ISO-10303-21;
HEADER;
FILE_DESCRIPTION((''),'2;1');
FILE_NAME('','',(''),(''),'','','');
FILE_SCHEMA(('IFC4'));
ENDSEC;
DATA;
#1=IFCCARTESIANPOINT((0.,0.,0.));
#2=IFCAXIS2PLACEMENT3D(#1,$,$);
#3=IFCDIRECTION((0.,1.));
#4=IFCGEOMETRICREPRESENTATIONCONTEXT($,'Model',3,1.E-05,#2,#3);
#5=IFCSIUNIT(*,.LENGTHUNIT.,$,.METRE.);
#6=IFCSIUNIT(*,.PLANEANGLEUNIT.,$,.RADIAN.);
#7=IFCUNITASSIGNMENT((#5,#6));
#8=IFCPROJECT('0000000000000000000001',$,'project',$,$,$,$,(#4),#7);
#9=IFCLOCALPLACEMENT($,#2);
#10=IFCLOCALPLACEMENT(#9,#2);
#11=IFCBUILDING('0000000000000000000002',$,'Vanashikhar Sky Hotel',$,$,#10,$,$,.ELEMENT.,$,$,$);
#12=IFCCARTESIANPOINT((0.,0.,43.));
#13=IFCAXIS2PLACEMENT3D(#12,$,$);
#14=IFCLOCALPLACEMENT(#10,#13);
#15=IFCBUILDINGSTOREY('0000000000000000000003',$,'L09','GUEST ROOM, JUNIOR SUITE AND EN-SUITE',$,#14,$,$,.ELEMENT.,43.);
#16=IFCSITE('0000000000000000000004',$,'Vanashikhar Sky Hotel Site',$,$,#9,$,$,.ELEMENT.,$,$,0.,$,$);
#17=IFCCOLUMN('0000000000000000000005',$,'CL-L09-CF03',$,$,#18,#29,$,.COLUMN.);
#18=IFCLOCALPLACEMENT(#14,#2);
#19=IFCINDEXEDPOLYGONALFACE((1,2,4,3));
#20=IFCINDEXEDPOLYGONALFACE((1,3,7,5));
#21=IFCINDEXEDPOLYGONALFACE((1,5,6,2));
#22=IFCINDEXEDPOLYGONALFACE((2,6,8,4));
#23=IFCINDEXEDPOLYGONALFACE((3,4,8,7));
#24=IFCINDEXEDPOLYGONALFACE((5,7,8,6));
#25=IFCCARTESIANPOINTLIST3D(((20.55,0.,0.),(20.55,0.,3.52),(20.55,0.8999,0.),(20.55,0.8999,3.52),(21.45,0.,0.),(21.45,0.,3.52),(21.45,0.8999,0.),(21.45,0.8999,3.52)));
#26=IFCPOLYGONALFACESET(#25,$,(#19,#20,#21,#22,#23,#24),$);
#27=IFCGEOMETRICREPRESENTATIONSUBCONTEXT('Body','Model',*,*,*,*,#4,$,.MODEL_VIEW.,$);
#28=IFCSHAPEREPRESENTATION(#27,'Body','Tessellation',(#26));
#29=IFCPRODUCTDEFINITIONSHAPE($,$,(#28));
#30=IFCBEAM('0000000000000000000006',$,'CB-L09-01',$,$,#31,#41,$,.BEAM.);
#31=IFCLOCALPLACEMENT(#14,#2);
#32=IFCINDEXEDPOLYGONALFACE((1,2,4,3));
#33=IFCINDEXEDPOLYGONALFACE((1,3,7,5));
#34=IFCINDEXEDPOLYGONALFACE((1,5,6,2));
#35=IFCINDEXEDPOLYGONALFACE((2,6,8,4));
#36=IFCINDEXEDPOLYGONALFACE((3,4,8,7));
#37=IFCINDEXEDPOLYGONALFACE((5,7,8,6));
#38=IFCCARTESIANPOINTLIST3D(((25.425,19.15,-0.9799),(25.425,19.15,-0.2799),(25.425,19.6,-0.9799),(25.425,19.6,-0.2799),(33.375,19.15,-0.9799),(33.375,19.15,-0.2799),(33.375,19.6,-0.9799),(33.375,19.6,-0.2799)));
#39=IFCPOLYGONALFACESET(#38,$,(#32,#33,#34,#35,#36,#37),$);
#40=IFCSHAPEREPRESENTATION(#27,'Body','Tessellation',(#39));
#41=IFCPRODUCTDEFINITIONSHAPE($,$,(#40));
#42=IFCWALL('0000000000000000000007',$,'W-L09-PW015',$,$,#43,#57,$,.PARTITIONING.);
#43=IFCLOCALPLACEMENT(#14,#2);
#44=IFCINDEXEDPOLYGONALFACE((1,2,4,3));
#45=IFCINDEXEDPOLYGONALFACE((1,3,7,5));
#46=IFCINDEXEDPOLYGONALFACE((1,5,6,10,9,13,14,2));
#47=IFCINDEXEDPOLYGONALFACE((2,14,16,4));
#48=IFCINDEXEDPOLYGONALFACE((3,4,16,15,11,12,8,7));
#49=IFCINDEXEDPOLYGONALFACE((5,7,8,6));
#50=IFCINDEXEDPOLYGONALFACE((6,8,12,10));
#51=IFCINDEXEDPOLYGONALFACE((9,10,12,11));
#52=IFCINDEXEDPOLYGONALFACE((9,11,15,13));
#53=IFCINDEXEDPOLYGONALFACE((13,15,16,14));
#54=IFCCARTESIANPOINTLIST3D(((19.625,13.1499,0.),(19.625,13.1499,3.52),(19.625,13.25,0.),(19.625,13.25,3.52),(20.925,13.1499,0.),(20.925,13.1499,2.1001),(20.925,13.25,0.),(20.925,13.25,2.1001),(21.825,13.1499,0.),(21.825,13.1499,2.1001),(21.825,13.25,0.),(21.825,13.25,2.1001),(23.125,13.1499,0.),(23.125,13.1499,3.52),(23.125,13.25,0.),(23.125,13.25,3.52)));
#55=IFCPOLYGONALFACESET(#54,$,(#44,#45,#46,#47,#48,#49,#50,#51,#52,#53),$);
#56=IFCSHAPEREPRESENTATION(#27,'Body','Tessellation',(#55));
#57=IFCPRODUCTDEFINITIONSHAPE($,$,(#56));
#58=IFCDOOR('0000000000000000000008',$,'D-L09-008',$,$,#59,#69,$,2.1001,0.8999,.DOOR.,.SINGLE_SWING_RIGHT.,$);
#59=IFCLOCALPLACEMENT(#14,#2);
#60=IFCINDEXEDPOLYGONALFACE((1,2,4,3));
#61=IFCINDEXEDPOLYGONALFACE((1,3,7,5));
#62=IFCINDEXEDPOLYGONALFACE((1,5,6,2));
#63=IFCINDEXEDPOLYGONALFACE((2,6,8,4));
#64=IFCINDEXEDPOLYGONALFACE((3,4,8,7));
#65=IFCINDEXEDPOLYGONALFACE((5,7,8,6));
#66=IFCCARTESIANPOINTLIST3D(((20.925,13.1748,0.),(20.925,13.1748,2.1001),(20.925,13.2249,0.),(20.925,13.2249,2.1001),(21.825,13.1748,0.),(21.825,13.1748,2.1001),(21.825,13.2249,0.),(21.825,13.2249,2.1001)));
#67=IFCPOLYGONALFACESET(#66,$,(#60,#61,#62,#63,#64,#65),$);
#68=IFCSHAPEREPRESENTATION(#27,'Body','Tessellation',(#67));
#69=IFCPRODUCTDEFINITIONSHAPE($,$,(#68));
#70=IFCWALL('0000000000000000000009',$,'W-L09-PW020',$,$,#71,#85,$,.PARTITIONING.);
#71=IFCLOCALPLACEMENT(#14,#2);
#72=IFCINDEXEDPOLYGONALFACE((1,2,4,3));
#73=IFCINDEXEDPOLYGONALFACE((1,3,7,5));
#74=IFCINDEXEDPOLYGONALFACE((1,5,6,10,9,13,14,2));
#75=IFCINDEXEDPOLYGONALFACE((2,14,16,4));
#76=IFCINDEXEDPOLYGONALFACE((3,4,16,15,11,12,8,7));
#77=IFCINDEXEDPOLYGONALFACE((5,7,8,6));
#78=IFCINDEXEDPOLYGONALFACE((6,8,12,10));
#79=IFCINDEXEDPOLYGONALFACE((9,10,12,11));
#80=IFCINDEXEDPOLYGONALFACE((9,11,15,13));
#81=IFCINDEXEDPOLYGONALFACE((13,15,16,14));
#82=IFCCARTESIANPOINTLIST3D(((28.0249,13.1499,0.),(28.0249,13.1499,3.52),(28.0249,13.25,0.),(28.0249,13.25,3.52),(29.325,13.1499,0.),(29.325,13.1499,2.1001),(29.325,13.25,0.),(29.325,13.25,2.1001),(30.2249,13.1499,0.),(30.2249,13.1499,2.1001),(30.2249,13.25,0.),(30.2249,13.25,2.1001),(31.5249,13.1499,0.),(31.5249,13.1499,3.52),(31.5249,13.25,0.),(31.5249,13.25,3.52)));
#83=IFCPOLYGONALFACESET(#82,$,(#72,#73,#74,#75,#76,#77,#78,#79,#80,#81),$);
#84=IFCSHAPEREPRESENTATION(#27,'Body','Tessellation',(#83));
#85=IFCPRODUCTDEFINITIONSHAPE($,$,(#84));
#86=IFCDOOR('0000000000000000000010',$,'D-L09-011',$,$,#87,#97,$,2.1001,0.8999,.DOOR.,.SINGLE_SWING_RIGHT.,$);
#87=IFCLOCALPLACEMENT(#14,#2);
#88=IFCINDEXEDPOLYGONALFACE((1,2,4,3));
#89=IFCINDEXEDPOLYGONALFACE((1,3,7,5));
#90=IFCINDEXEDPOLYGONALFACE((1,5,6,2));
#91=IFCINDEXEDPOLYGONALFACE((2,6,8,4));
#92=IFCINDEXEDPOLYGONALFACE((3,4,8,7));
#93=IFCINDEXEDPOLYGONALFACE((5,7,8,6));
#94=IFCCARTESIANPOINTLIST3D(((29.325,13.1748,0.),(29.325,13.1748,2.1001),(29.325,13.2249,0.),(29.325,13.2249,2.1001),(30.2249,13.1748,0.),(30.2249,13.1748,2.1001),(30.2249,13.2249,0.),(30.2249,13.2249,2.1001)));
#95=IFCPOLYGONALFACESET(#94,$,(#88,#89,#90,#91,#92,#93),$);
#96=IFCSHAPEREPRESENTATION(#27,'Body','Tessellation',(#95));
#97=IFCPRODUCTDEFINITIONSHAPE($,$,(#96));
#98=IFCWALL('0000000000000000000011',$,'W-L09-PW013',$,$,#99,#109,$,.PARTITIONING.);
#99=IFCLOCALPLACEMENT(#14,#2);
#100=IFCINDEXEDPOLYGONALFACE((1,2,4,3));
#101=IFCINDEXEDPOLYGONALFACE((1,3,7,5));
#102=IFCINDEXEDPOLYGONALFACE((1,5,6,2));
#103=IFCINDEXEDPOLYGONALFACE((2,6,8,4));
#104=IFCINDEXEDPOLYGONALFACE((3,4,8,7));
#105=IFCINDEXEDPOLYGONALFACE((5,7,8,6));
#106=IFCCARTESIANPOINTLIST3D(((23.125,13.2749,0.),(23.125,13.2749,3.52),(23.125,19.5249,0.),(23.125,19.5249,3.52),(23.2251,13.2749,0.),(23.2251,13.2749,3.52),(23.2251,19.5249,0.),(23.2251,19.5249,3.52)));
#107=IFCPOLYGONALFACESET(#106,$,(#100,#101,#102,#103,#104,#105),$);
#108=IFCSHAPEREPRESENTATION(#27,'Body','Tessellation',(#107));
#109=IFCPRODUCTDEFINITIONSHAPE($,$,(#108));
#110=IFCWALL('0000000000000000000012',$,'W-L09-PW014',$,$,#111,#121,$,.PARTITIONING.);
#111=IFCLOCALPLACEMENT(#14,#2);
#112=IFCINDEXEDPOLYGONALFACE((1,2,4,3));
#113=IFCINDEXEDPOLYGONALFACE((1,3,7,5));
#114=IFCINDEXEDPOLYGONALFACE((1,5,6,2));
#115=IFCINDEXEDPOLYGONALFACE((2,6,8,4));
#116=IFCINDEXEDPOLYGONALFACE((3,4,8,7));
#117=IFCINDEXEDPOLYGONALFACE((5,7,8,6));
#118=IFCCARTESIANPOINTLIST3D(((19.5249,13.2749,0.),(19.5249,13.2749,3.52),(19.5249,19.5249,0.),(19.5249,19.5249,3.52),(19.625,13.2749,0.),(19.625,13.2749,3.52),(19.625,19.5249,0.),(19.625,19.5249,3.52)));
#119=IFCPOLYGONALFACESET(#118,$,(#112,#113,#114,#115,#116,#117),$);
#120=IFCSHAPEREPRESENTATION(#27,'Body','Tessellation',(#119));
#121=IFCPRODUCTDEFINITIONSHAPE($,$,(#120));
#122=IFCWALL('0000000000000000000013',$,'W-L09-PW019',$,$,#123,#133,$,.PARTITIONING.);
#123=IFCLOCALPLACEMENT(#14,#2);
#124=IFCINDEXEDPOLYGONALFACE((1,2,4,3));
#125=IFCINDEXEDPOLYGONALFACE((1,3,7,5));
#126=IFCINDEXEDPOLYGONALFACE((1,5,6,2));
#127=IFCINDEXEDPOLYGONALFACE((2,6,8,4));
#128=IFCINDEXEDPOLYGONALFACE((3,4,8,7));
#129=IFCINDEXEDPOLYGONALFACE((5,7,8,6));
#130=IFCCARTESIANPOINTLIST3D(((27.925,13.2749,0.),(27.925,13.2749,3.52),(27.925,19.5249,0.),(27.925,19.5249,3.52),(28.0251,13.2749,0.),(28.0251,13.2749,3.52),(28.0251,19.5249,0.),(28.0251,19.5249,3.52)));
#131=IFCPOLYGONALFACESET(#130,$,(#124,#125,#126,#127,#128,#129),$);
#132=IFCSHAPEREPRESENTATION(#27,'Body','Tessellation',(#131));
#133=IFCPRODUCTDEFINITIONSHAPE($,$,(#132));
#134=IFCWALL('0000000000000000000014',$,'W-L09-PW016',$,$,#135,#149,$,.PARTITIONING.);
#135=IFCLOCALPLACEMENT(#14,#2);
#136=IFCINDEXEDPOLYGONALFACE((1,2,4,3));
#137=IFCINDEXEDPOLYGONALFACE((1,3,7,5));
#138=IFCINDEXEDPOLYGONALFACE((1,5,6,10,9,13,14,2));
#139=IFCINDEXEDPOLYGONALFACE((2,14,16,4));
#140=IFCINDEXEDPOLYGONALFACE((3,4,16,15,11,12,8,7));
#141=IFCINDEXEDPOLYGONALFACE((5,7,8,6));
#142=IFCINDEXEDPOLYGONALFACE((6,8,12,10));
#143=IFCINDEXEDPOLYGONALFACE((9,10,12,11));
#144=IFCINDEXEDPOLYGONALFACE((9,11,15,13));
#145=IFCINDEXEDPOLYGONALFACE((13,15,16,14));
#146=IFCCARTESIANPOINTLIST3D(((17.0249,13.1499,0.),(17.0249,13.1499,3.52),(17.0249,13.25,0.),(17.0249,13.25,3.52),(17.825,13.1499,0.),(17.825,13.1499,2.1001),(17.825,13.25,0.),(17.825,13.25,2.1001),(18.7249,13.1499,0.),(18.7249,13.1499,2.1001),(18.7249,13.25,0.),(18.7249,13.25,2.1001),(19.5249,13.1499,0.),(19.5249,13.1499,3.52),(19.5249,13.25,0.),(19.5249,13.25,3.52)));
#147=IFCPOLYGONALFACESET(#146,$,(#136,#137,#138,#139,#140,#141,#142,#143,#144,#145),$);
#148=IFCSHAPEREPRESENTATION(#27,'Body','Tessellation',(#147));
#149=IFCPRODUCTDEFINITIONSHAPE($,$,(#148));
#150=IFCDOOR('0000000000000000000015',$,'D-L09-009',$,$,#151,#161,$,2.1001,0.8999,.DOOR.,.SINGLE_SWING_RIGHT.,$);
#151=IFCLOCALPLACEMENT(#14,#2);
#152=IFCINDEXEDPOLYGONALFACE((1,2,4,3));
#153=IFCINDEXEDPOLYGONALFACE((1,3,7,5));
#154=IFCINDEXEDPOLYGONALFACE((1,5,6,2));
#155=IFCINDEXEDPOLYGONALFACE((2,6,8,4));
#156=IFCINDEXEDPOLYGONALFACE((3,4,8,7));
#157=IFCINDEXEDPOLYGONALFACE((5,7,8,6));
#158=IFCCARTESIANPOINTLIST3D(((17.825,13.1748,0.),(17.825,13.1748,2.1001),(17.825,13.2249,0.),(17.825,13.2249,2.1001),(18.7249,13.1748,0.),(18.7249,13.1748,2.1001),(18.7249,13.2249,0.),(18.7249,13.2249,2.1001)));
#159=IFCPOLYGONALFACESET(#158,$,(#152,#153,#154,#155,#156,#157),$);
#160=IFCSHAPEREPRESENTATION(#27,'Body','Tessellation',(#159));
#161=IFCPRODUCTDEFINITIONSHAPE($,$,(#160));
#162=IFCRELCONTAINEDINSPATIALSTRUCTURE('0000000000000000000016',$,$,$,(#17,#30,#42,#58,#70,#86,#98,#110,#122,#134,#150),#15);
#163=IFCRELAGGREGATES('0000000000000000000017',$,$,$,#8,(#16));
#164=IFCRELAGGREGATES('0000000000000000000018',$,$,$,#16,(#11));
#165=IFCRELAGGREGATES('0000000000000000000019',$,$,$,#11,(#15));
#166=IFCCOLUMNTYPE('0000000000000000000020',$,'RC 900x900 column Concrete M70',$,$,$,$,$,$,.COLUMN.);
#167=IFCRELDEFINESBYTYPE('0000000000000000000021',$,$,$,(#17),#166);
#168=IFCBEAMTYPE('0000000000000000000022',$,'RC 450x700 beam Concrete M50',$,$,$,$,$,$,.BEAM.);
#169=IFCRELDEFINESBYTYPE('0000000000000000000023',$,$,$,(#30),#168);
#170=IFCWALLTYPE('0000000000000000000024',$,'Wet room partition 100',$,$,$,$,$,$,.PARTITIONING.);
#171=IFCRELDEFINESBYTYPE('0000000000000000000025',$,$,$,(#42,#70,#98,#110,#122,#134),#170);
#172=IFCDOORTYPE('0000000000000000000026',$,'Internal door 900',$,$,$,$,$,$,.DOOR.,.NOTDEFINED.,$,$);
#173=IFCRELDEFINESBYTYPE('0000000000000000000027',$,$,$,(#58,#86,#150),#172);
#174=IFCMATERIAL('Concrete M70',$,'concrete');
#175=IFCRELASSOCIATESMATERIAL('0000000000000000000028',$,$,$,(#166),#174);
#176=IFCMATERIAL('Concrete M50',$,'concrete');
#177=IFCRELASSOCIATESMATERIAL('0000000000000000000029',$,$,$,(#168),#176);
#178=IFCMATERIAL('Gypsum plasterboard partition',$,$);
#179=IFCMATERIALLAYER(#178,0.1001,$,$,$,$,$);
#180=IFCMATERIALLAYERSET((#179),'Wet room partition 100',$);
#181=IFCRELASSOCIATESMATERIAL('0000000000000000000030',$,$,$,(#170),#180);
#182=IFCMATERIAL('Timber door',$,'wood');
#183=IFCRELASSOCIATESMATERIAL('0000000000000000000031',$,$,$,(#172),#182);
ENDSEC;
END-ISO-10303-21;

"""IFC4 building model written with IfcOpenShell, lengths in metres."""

from ifc_helpers import new_model, si_unit, direction, frame, frame_2d, origin, origin_2d, place, context, subcontext, project, spatial, rectangle, extrude, source, transform, mapped, material, layer, layer_set, material_profile, profile_set, type_object, element, fill, save


model = new_model("IFC4")

# Units and contexts
model_context = context("Model", 3, precision=1e-05, world=origin(), true_north=direction((0.0, 1.0)))
body_context = subcontext(model_context, "Body", "Model", "MODEL_VIEW")
ifc_project = project(units=[si_unit("LENGTHUNIT", "METRE"), si_unit("PLANEANGLEUNIT", "RADIAN")], contexts=[model_context])

# Site, building, storey
site_placement = place(None, origin())
site = spatial("IfcSite", under=ifc_project, at=site_placement, Name="Vanashikhar Sky Hotel Site", CompositionType="ELEMENT", RefElevation=0.0)
building_placement = place(site_placement, origin())
building = spatial("IfcBuilding", under=site, at=building_placement, Name="Vanashikhar Sky Hotel", CompositionType="ELEMENT")
storey_placement = place(building_placement, frame((0.0, 0.0, 43.0)))
storey = spatial("IfcBuildingStorey", under=building, at=storey_placement, Name="L09", Description="GUEST ROOM, JUNIOR SUITE AND EN-SUITE", CompositionType="ELEMENT", Elevation=43.0)

# Column
ifc_material_1 = material(Name="Concrete M70", Category="concrete")
ifc_material_profile_1 = material_profile(ifc_material_1, rectangle(XDim=0.8999, YDim=0.8999, at=origin_2d()))
ifc_profile_set_1 = profile_set([ifc_material_profile_1], Name="RC 900x900 column Concrete M70")
column_type = type_object("IfcColumnType", Name="RC 900x900 column Concrete M70", PredefinedType="COLUMN", material=ifc_profile_set_1)
shared_shape_1 = source(origin(), body_context, "Body", "SweptSolid", [
    extrude(rectangle(XDim=0.8999, YDim=0.8999, at=origin_2d()), origin(), (0.0, 0.0, 1.0), 3.52),
])
column_placement = place(storey_placement, frame((21.0, 0.45, 0.0), z_axis=(0.0, 0.0, 1.0), x_axis=(1.0, 0.0, 0.0)))
element("IfcColumn", 1, at=column_placement, inside=storey, type_object=column_type, Name="CL-L09-CF03", PredefinedType="COLUMN", context=body_context, shape_type="MappedRepresentation", body=[
    mapped(shared_shape_1, transform((0.0, 0.0, 0.0), scale=1.0)),
])

# Beam
ifc_material_2 = material(Name="Concrete M50", Category="concrete")
ifc_material_profile_2 = material_profile(ifc_material_2, rectangle(XDim=0.45, YDim=0.7, at=origin_2d()))
ifc_profile_set_2 = profile_set([ifc_material_profile_2], Name="RC 450x700 beam Concrete M50")
beam_type = type_object("IfcBeamType", Name="RC 450x700 beam Concrete M50", PredefinedType="BEAM", material=ifc_profile_set_2)
shared_shape_2 = source(origin(), body_context, "Body", "SweptSolid", [
    extrude(rectangle(XDim=0.45, YDim=0.7, at=origin_2d()), origin(), (0.0, 0.0, 1.0), 7.95),
])
beam_placement = place(storey_placement, frame((25.425, 19.375, -0.6299), z_axis=(1.0, 0.0, 0.0), x_axis=(0.0, 1.0, 0.0)))
element("IfcBeam", 2, at=beam_placement, inside=storey, type_object=beam_type, Name="CB-L09-01", PredefinedType="BEAM", context=body_context, shape_type="MappedRepresentation", body=[
    mapped(shared_shape_2, transform((0.0, 0.0, 0.0), scale=1.0)),
])

# Walls, openings, doors
ifc_material_3 = material(Name="Gypsum plasterboard partition")
ifc_layer_1 = layer(ifc_material_3, 0.1001)
ifc_layer_set_1 = layer_set([ifc_layer_1], Name="Wet room partition 100")
wall_type_1 = type_object("IfcWallType", Name="Wet room partition 100", PredefinedType="PARTITIONING", material=ifc_layer_set_1)
shared_shape_3 = source(origin(), body_context, "Body", "SweptSolid", [
    extrude(rectangle(XDim=3.5, YDim=0.1001, at=frame_2d((1.75, 0.0))), origin(), (0.0, 0.0, 1.0), 3.52),
])
wall_1_placement = place(storey_placement, frame((19.625, 13.2, 0.0), z_axis=(0.0, 0.0, 1.0), x_axis=(1.0, 0.0, 0.0)))
wall_1 = element("IfcWall", 3, at=wall_1_placement, inside=storey, type_object=wall_type_1, Name="W-L09-PW015", PredefinedType="PARTITIONING", context=body_context, shape_type="MappedRepresentation", body=[
    mapped(shared_shape_3, transform((0.0, 0.0, 0.0), scale=1.0)),
])
shared_shape_4 = source(origin(), body_context, "Body", "SweptSolid", [
    extrude(rectangle(XDim=0.8999, YDim=2.1001, at=frame_2d((0.45, 1.05))), frame((0.0, 0.0601, 0.0), z_axis=(0.0, -1.0, 0.0), x_axis=(1.0, 0.0, 0.0)), (0.0, 0.0, 1.0), 0.1201),
])
opening_1_placement = place(wall_1_placement, frame((1.3, 0.0, 0.0)))
opening_1 = element("IfcOpeningElement", 4, at=opening_1_placement, cuts=wall_1, PredefinedType="OPENING", context=body_context, shape_type="MappedRepresentation", body=[
    mapped(shared_shape_4, transform((0.0, 0.0, 0.0), scale=1.0)),
])
ifc_material_4 = material(Name="Timber door", Category="wood")
door_type_1 = type_object("IfcDoorType", Name="Internal door 900", OperationType="NOTDEFINED", PredefinedType="DOOR", material=ifc_material_4)
shared_shape_5 = source(origin(), body_context, "Body", "SweptSolid", [
    extrude(rectangle(XDim=0.8999, YDim=2.1001, at=frame_2d((0.45, 1.05))), frame((0.0, 0.0249, 0.0), z_axis=(0.0, -1.0, 0.0), x_axis=(1.0, 0.0, 0.0)), (0.0, 0.0, 1.0), 0.05),
])
door_1_placement = place(opening_1_placement, origin())
door_1 = element("IfcDoor", 5, at=door_1_placement, inside=storey, type_object=door_type_1, Name="D-L09-008", OperationType="SINGLE_SWING_RIGHT", OverallHeight=2.1001, OverallWidth=0.8999, PredefinedType="DOOR", context=body_context, shape_type="MappedRepresentation", body=[
    mapped(shared_shape_5, transform((0.0, 0.0, 0.0), scale=1.0)),
])
fill(opening_1, door_1)
wall_2_placement = place(storey_placement, frame((28.0249, 13.2, 0.0), z_axis=(0.0, 0.0, 1.0), x_axis=(1.0, 0.0, 0.0)))
wall_2 = element("IfcWall", 6, at=wall_2_placement, inside=storey, type_object=wall_type_1, Name="W-L09-PW020", PredefinedType="PARTITIONING", context=body_context, shape_type="MappedRepresentation", body=[
    mapped(shared_shape_3, transform((0.0, 0.0, 0.0), scale=1.0)),
])
opening_2_placement = place(wall_2_placement, frame((1.3, 0.0, 0.0)))
opening_2 = element("IfcOpeningElement", 7, at=opening_2_placement, cuts=wall_2, PredefinedType="OPENING", context=body_context, shape_type="MappedRepresentation", body=[
    mapped(shared_shape_4, transform((0.0, 0.0, 0.0), scale=1.0)),
])
door_2_placement = place(opening_2_placement, origin())
door_2 = element("IfcDoor", 8, at=door_2_placement, inside=storey, type_object=door_type_1, Name="D-L09-011", OperationType="SINGLE_SWING_RIGHT", OverallHeight=2.1001, OverallWidth=0.8999, PredefinedType="DOOR", context=body_context, shape_type="MappedRepresentation", body=[
    mapped(shared_shape_5, transform((0.0, 0.0, 0.0), scale=1.0)),
])
fill(opening_2, door_2)

# Walls
shared_shape_6 = source(origin(), body_context, "Body", "SweptSolid", [
    extrude(rectangle(XDim=6.25, YDim=0.1001, at=frame_2d((3.125, 0.0))), origin(), (0.0, 0.0, 1.0), 3.52),
])
for number, where, z_axis, x_axis, name in (
    (9, (23.175, 13.2749, 0.0), (0.0, 0.0, 1.0), (0.0, 1.0, 0.0), "W-L09-PW013"),
    (10, (19.575, 13.2749, 0.0), (0.0, 0.0, 1.0), (0.0, 1.0, 0.0), "W-L09-PW014"),
    (11, (27.9751, 13.2749, 0.0), (0.0, 0.0, 1.0), (0.0, 1.0, 0.0), "W-L09-PW019"),
):
    element("IfcWall", number, at=place(storey_placement, frame(where, z_axis=z_axis, x_axis=x_axis)), inside=storey, type_object=wall_type_1, Name=name, PredefinedType="PARTITIONING", context=body_context, shape_type="MappedRepresentation", body=[
        mapped(shared_shape_6, transform((0.0, 0.0, 0.0), scale=1.0)),
    ])

# Wall, opening, door
shared_shape_7 = source(origin(), body_context, "Body", "SweptSolid", [
    extrude(rectangle(XDim=2.5, YDim=0.1001, at=frame_2d((1.25, 0.0))), origin(), (0.0, 0.0, 1.0), 3.52),
])
wall_3_placement = place(storey_placement, frame((17.0249, 13.2, 0.0), z_axis=(0.0, 0.0, 1.0), x_axis=(1.0, 0.0, 0.0)))
wall_3 = element("IfcWall", 12, at=wall_3_placement, inside=storey, type_object=wall_type_1, Name="W-L09-PW016", PredefinedType="PARTITIONING", context=body_context, shape_type="MappedRepresentation", body=[
    mapped(shared_shape_7, transform((0.0, 0.0, 0.0), scale=1.0)),
])
opening_3_placement = place(wall_3_placement, frame((0.8, 0.0, 0.0)))
opening_3 = element("IfcOpeningElement", 13, at=opening_3_placement, cuts=wall_3, PredefinedType="OPENING", context=body_context, shape_type="MappedRepresentation", body=[
    mapped(shared_shape_4, transform((0.0, 0.0, 0.0), scale=1.0)),
])
door_3_placement = place(opening_3_placement, origin())
door_3 = element("IfcDoor", 14, at=door_3_placement, inside=storey, type_object=door_type_1, Name="D-L09-009", OperationType="SINGLE_SWING_RIGHT", OverallHeight=2.1001, OverallWidth=0.8999, PredefinedType="DOOR", context=body_context, shape_type="MappedRepresentation", body=[
    mapped(shared_shape_5, transform((0.0, 0.0, 0.0), scale=1.0)),
])
fill(opening_3, door_3)

save(model, "model.ifc")
